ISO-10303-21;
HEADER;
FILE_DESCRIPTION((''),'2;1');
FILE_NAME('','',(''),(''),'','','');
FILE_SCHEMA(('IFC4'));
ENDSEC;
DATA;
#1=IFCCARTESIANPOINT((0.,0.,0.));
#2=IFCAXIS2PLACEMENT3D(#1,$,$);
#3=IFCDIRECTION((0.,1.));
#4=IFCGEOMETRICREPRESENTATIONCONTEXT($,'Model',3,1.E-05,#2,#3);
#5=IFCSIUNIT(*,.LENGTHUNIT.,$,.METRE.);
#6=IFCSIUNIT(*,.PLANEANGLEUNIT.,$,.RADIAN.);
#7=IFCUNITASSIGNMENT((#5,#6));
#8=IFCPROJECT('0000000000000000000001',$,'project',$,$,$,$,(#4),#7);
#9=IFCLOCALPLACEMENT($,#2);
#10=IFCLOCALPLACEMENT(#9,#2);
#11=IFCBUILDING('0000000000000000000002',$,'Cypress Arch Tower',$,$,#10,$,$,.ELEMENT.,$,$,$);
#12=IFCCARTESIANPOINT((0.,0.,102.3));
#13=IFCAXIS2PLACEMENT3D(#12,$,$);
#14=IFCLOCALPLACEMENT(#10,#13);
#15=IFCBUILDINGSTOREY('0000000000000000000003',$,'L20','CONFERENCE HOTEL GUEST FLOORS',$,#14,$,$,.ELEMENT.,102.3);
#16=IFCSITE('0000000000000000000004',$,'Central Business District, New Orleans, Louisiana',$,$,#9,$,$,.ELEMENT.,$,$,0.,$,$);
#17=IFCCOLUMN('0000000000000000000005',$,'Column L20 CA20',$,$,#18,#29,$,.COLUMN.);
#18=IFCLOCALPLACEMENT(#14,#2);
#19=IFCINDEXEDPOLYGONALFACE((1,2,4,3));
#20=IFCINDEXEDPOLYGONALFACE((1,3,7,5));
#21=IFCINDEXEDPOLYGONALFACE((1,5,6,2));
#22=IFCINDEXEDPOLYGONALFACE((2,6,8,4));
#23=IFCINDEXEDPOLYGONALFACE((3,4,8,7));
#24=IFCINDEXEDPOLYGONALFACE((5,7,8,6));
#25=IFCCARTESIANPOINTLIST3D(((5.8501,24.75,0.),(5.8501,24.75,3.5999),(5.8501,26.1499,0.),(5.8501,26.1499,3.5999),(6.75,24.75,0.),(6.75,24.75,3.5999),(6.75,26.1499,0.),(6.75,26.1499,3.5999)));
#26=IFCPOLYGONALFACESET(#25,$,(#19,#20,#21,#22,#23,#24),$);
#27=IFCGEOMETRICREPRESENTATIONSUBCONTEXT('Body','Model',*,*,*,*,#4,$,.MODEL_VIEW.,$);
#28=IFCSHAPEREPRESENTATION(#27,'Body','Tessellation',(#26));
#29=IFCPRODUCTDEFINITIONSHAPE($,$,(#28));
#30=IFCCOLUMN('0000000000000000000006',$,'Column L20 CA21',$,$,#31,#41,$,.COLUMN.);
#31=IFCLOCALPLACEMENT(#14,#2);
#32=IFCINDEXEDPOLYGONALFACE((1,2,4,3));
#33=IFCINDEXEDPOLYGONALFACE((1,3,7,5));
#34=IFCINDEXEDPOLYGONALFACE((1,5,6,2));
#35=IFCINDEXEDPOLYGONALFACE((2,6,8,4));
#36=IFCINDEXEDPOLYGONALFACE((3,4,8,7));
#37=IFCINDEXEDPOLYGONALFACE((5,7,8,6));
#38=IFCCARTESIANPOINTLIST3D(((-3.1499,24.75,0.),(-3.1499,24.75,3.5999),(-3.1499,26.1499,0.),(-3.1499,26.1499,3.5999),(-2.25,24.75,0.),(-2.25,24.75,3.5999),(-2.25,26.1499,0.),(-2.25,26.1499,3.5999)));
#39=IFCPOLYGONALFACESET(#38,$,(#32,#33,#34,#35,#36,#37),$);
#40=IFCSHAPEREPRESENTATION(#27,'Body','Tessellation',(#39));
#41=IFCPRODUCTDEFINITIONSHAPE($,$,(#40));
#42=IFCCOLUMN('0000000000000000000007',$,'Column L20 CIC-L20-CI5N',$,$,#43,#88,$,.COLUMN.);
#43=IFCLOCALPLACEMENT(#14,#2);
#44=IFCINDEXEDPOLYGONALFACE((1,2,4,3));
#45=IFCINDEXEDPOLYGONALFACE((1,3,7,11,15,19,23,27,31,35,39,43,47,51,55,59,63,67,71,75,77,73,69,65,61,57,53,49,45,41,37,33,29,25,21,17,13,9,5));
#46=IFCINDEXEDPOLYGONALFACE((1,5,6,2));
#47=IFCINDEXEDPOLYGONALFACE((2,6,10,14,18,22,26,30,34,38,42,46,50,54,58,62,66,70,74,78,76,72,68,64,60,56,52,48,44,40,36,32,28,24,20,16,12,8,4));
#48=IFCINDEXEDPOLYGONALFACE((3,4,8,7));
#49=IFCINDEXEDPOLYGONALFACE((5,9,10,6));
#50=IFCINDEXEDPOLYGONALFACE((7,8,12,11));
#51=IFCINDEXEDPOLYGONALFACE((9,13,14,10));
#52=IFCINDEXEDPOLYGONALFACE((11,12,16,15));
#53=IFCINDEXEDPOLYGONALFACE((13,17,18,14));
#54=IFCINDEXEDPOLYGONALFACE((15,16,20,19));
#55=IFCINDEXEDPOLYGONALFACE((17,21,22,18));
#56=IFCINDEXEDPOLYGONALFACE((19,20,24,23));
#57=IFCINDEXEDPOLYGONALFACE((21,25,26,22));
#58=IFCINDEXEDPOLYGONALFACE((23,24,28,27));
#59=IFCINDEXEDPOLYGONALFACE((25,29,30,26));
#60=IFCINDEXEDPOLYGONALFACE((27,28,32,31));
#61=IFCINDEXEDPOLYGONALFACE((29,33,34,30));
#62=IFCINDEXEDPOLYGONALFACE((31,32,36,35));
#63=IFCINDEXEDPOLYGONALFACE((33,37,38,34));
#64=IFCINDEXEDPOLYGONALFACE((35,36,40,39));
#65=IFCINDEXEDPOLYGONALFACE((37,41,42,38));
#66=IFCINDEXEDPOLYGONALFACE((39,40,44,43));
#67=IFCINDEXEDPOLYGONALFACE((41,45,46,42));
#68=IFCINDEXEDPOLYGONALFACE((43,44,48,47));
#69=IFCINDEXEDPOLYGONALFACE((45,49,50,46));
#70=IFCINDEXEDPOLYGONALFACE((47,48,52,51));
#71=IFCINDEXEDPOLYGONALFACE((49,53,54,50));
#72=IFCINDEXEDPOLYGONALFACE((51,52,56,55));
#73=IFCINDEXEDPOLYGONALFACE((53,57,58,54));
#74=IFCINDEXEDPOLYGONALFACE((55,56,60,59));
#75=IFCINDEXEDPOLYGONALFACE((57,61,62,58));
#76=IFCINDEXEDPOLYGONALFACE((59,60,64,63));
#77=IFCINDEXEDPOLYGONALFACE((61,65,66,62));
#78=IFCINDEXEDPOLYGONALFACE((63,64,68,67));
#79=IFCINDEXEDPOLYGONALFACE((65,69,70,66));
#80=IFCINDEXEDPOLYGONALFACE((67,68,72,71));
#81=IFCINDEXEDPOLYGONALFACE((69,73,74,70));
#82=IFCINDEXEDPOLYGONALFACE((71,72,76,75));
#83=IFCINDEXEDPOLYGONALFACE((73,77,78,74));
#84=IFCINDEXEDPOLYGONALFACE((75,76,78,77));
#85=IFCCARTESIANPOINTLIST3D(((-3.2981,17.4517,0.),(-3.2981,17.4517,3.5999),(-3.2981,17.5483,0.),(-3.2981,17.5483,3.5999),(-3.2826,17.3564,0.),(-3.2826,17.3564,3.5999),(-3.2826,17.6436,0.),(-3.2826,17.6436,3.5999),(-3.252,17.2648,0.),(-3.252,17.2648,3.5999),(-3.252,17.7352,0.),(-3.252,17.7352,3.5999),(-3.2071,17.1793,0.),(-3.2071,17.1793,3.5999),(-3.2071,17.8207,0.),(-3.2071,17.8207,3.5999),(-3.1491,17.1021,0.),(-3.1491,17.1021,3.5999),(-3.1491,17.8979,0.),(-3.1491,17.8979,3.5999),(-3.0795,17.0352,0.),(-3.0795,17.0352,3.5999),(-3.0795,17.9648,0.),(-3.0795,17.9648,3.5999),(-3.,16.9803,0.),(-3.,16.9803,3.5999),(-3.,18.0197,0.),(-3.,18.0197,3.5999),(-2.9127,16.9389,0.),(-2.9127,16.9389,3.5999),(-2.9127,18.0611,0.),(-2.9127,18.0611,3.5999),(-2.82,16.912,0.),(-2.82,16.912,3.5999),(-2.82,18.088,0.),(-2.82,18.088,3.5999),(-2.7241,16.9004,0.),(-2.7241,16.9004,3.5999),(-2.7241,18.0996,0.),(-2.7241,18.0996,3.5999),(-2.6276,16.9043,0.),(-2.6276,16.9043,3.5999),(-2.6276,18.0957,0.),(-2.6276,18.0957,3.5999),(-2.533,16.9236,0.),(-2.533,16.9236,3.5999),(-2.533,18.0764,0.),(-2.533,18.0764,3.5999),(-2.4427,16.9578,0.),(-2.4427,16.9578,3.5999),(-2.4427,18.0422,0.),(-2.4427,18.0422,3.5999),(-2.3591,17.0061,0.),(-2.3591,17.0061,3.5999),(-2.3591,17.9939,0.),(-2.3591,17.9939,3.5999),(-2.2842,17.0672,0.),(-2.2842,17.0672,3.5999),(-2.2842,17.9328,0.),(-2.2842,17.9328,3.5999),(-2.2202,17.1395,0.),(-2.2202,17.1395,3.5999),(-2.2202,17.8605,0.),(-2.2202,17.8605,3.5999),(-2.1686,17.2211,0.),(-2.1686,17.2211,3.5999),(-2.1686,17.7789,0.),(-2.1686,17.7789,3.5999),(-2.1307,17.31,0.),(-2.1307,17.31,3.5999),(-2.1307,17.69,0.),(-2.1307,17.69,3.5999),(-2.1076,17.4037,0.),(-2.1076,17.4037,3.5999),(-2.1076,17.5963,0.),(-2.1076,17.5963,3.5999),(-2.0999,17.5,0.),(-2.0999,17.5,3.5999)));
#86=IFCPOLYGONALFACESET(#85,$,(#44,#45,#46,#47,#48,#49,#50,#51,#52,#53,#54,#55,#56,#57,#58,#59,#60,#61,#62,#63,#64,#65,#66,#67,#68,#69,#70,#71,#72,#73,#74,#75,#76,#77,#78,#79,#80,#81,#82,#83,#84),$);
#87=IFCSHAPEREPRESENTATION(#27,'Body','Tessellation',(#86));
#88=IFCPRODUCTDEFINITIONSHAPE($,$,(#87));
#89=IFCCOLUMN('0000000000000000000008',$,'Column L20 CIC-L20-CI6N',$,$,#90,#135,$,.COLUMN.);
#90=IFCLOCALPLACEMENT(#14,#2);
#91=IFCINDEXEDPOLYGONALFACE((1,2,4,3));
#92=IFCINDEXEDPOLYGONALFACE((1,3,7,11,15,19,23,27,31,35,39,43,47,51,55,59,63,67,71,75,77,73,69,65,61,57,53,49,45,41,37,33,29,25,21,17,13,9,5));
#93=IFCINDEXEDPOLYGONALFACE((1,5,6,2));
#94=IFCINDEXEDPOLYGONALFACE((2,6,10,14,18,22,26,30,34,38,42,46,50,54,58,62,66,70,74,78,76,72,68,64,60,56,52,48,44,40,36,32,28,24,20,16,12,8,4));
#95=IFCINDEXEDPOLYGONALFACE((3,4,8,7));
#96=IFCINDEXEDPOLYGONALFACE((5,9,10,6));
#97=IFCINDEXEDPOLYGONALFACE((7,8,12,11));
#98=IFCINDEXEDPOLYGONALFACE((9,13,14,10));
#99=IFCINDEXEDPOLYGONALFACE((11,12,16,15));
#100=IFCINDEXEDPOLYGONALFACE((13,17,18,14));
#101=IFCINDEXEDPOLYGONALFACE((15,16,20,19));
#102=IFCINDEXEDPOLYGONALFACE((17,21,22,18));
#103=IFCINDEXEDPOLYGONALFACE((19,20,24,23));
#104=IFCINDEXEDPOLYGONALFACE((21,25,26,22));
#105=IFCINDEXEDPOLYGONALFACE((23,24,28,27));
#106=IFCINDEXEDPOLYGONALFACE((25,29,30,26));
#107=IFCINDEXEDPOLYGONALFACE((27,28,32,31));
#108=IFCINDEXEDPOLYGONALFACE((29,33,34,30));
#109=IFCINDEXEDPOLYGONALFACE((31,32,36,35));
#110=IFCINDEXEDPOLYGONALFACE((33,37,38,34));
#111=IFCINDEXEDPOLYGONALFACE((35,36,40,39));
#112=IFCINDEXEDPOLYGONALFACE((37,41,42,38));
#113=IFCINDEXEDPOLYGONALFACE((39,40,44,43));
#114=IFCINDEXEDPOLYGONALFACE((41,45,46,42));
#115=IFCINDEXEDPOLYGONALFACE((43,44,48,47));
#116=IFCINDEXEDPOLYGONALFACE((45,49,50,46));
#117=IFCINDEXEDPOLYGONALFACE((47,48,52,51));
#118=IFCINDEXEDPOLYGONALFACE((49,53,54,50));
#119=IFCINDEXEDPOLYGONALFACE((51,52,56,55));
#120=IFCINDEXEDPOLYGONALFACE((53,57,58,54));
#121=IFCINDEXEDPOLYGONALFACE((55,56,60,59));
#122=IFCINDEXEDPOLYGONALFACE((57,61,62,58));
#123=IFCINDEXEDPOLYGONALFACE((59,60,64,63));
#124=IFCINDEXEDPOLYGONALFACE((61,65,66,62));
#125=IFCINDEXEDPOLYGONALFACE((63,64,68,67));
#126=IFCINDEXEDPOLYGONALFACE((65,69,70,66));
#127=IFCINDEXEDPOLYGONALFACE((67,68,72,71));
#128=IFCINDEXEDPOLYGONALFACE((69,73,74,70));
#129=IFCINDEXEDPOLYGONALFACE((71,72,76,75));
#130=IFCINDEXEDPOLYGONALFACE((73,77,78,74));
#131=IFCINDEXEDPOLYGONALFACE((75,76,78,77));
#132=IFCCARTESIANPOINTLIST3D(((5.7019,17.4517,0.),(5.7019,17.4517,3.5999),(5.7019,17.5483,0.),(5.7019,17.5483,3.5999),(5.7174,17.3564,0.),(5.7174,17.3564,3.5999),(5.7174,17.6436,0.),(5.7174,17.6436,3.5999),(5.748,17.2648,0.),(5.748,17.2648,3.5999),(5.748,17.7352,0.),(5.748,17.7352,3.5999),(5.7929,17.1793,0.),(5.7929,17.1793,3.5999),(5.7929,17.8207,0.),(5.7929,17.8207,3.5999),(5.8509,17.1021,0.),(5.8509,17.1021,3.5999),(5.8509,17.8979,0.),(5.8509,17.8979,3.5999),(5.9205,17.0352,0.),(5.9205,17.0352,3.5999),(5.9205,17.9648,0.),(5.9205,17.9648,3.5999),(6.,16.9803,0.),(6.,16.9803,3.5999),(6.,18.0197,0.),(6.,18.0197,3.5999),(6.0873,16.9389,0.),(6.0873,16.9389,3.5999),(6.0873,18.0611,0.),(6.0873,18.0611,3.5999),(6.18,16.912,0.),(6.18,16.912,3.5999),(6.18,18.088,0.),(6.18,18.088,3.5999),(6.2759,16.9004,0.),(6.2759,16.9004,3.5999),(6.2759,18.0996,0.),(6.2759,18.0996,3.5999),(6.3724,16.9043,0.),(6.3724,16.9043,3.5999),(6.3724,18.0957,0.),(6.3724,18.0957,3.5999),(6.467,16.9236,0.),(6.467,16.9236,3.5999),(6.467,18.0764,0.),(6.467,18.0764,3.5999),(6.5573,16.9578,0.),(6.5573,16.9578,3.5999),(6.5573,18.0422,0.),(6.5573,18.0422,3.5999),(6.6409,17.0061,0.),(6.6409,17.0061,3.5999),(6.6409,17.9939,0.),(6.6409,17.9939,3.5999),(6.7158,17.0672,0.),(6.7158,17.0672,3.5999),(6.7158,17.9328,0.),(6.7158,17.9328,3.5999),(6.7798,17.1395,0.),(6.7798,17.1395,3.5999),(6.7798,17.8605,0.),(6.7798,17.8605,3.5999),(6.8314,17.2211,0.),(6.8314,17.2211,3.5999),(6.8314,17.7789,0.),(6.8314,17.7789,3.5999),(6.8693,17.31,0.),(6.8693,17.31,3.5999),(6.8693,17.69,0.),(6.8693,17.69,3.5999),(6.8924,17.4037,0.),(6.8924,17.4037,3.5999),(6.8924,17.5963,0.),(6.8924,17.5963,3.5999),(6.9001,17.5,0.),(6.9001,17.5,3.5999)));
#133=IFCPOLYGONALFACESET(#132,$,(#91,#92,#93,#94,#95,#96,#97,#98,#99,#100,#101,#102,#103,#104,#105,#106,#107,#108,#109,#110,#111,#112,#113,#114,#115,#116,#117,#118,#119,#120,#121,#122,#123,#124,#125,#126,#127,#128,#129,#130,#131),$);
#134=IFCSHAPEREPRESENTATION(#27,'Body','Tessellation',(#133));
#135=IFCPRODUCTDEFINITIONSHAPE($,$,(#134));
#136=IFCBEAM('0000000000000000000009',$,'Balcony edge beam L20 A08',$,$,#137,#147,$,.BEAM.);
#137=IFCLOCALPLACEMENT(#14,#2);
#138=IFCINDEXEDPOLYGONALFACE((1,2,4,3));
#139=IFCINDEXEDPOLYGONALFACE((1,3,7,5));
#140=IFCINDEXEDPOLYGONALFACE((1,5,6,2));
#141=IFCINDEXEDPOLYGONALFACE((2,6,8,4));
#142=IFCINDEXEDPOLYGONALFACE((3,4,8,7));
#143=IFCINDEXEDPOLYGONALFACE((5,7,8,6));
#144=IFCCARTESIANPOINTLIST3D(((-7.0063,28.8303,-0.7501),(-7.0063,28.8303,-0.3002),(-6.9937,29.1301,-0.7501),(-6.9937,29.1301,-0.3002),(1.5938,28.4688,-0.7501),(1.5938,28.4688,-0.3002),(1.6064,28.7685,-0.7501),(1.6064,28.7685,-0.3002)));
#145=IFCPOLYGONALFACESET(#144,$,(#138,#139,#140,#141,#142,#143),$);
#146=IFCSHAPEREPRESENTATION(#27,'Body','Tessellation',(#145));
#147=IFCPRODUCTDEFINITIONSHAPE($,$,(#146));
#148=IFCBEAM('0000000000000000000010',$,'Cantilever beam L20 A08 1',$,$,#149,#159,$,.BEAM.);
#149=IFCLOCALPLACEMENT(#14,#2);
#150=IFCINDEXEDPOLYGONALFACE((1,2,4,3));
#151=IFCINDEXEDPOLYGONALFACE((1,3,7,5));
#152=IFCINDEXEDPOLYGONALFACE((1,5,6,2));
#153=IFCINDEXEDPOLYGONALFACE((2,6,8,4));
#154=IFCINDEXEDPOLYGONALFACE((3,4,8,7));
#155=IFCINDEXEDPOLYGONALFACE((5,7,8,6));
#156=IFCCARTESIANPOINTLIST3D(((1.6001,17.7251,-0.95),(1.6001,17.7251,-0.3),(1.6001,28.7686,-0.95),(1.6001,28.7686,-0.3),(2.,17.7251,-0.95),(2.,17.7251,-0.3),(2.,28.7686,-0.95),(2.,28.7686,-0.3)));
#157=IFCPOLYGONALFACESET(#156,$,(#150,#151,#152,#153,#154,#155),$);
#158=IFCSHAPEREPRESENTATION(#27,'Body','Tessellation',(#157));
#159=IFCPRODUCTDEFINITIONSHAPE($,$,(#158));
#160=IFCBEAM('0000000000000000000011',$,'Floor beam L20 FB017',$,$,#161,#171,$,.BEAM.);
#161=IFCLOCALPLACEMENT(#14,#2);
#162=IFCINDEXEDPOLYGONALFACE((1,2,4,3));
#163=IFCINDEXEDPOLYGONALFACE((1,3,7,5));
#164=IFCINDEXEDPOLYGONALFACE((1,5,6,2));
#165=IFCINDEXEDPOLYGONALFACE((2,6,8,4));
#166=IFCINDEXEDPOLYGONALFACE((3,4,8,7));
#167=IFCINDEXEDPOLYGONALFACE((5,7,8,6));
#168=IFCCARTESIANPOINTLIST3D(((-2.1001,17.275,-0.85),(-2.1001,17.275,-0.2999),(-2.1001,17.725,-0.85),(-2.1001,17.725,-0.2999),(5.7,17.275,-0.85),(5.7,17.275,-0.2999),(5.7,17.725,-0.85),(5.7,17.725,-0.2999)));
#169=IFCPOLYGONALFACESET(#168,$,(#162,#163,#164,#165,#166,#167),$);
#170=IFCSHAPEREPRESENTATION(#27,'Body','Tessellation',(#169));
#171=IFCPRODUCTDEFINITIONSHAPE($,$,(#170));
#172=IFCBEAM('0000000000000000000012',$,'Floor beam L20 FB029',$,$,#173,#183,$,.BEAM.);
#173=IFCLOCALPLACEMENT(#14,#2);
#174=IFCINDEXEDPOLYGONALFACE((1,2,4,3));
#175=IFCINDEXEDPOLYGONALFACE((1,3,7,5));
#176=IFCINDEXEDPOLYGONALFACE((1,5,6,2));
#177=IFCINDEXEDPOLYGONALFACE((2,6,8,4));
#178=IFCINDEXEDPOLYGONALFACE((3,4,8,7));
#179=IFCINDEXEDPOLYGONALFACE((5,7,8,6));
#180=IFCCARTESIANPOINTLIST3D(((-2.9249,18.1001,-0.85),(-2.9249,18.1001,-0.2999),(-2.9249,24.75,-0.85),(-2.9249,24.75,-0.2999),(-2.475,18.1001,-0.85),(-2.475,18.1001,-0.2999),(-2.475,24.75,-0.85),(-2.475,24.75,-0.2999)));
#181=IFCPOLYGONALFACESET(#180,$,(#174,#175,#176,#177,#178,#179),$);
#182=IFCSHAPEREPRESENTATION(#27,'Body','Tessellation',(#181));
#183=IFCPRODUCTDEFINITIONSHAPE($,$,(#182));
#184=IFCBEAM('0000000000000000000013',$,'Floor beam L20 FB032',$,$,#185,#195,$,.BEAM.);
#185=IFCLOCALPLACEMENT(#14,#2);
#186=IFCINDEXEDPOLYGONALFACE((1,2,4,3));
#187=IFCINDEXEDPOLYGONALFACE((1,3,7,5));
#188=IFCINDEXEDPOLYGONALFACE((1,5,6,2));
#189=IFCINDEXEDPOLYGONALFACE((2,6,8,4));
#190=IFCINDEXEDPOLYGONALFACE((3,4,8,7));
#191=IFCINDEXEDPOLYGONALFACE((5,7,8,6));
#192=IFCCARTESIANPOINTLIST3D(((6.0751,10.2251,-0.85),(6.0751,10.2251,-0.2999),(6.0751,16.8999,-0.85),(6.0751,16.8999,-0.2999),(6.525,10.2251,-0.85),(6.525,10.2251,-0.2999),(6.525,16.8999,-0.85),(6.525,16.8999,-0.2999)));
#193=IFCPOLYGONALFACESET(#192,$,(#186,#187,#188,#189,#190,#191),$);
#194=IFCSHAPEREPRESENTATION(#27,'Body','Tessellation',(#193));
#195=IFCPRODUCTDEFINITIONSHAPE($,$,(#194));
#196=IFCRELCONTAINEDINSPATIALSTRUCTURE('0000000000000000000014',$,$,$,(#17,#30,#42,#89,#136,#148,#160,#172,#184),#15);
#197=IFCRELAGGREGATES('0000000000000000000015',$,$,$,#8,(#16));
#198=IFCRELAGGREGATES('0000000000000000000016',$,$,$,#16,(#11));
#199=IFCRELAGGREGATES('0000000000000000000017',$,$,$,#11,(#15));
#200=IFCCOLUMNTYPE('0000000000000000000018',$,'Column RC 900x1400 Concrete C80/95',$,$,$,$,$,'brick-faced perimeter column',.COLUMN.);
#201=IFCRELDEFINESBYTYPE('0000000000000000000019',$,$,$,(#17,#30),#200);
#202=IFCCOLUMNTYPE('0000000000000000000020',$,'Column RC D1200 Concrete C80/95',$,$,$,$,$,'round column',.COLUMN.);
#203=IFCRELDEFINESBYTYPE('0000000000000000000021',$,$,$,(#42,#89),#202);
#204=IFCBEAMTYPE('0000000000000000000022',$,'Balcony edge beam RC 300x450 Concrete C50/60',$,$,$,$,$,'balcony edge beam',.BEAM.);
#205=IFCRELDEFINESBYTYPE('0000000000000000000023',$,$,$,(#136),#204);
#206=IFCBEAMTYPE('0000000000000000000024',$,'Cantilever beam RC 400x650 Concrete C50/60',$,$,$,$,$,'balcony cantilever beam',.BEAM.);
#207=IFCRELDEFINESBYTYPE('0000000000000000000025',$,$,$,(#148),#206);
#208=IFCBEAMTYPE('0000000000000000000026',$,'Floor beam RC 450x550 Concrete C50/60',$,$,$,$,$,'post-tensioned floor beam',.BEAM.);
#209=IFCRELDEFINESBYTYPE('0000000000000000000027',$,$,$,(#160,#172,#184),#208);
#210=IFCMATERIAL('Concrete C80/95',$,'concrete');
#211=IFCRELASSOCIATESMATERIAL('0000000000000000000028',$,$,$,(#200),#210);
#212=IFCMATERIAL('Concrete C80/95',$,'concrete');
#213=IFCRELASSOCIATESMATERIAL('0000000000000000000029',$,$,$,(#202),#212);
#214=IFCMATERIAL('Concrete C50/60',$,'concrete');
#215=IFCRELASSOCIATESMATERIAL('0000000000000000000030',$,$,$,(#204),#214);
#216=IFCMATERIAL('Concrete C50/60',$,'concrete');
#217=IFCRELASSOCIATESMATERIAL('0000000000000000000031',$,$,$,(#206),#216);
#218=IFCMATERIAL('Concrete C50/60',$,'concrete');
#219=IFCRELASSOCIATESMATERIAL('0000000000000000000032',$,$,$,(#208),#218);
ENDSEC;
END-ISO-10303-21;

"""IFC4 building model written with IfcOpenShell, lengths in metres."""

from ifc_helpers import new_model, si_unit, direction, frame, origin, origin_2d, place, context, subcontext, project, spatial, rectangle, circle, extrude, material, material_profile, profile_set, type_object, element, save


model = new_model("IFC4")

# Units and contexts
model_context = context("Model", 3, precision=1e-05, world=origin(), true_north=direction((0.0, 1.0)))
body_context = subcontext(model_context, "Body", "Model", "MODEL_VIEW")
ifc_project = project(units=[si_unit("LENGTHUNIT", "METRE"), si_unit("PLANEANGLEUNIT", "RADIAN")], contexts=[model_context])

# Site, building, storey
site_placement = place(None, origin())
site = spatial("IfcSite", under=ifc_project, at=site_placement, Name="Central Business District, New Orleans, Louisiana", CompositionType="ELEMENT", RefElevation=0.0)
building_placement = place(site_placement, origin())
building = spatial("IfcBuilding", under=site, at=building_placement, Name="Cypress Arch Tower", CompositionType="ELEMENT")
storey_placement = place(building_placement, frame((0.0, 0.0, 102.3)))
storey = spatial("IfcBuildingStorey", under=building, at=storey_placement, Name="L20", Description="CONFERENCE HOTEL GUEST FLOORS", CompositionType="ELEMENT", Elevation=102.3)

# Columns
ifc_material_1 = material(Name="Concrete C80/95", Category="concrete")
ifc_material_profile_1 = material_profile(ifc_material_1, rectangle(XDim=0.8999, YDim=1.3999, at=origin_2d()), Name="RC 900x1400")
ifc_profile_set_1 = profile_set([ifc_material_profile_1], Name="Concrete C80/95")
column_type_1 = type_object("IfcColumnType", Name="Column RC 900x1400 Concrete C80/95", ElementType="brick-faced perimeter column", PredefinedType="COLUMN", material=ifc_profile_set_1)
for number, where, z_axis, x_axis, name in (
    (1, (6.3, 25.45, 0.0), (0.0, 0.0, 1.0), (-1.0, 0.0, 0.0), "Column L20 CA20"),
    (2, (-2.7, 25.45, 0.0), (0.0, 0.0, 1.0), (-1.0, 0.0, 0.0), "Column L20 CA21"),
):
    element("IfcColumn", number, at=place(storey_placement, frame(where, z_axis=z_axis, x_axis=x_axis)), inside=storey, type_object=column_type_1, Name=name, PredefinedType="COLUMN", context=body_context, shape_type="SweptSolid", body=[
        extrude(rectangle(XDim=0.8999, YDim=1.3999, at=origin_2d()), origin(), (0.0, 0.0, 1.0), 3.5999),
    ])
ifc_material_2 = material(Name="Concrete C80/95", Category="concrete")
ifc_material_profile_2 = material_profile(ifc_material_2, circle(Radius=0.6001, at=origin_2d()), Name="RC D1200")
ifc_profile_set_2 = profile_set([ifc_material_profile_2], Name="Concrete C80/95")
column_type_2 = type_object("IfcColumnType", Name="Column RC D1200 Concrete C80/95", ElementType="round column", PredefinedType="COLUMN", material=ifc_profile_set_2)
for number, where, z_axis, x_axis, name in (
    (3, (-2.7, 17.5, 0.0), (0.0, 0.0, 1.0), (1.0, 0.0, 0.0), "Column L20 CIC-L20-CI5N"),
    (4, (6.3, 17.5, 0.0), (0.0, 0.0, 1.0), (1.0, 0.0, 0.0), "Column L20 CIC-L20-CI6N"),
):
    element("IfcColumn", number, at=place(storey_placement, frame(where, z_axis=z_axis, x_axis=x_axis)), inside=storey, type_object=column_type_2, Name=name, PredefinedType="COLUMN", context=body_context, shape_type="SweptSolid", body=[
        extrude(circle(Radius=0.6001, at=origin_2d()), origin(), (0.0, 0.0, 1.0), 3.5999),
    ])

# Beams
ifc_material_3 = material(Name="Concrete C50/60", Category="concrete")
ifc_material_profile_3 = material_profile(ifc_material_3, rectangle(XDim=0.3, YDim=0.45, at=origin_2d()), Name="RC 300x450")
ifc_profile_set_3 = profile_set([ifc_material_profile_3], Name="Concrete C50/60")
beam_type_1 = type_object("IfcBeamType", Name="Balcony edge beam RC 300x450 Concrete C50/60", ElementType="balcony edge beam", PredefinedType="BEAM", material=ifc_profile_set_3)
beam_1_placement = place(storey_placement, frame((1.6001, 28.6187, -0.5251), z_axis=(-0.999117, 0.042006, 0.0), x_axis=(-0.042006, -0.999117, 0.0)))
element("IfcBeam", 5, at=beam_1_placement, inside=storey, type_object=beam_type_1, Name="Balcony edge beam L20 A08", PredefinedType="BEAM", context=body_context, shape_type="SweptSolid", body=[
    extrude(rectangle(XDim=0.3, YDim=0.45, at=origin_2d()), origin(), (0.0, 0.0, 1.0), 8.6077),
])
ifc_material_4 = material(Name="Concrete C50/60", Category="concrete")
ifc_material_profile_4 = material_profile(ifc_material_4, rectangle(XDim=0.3999, YDim=0.6499, at=origin_2d()), Name="RC 400x650")
ifc_profile_set_4 = profile_set([ifc_material_profile_4], Name="Concrete C50/60")
beam_type_2 = type_object("IfcBeamType", Name="Cantilever beam RC 400x650 Concrete C50/60", ElementType="balcony cantilever beam", PredefinedType="BEAM", material=ifc_profile_set_4)
beam_2_placement = place(storey_placement, frame((1.8, 17.7251, -0.625), z_axis=(0.0, 1.0, 0.0), x_axis=(-1.0, 0.0, 0.0)))
element("IfcBeam", 6, at=beam_2_placement, inside=storey, type_object=beam_type_2, Name="Cantilever beam L20 A08 1", PredefinedType="BEAM", context=body_context, shape_type="SweptSolid", body=[
    extrude(rectangle(XDim=0.3999, YDim=0.6499, at=origin_2d()), origin(), (0.0, 0.0, 1.0), 11.0435),
])
ifc_material_5 = material(Name="Concrete C50/60", Category="concrete")
ifc_material_profile_5 = material_profile(ifc_material_5, rectangle(XDim=0.45, YDim=0.55, at=origin_2d()), Name="RC 450x550")
ifc_profile_set_5 = profile_set([ifc_material_profile_5], Name="Concrete C50/60")
beam_type_3 = type_object("IfcBeamType", Name="Floor beam RC 450x550 Concrete C50/60", ElementType="post-tensioned floor beam", PredefinedType="BEAM", material=ifc_profile_set_5)
beam_3_placement = place(storey_placement, frame((-2.1001, 17.5, -0.575), z_axis=(1.0, 0.0, 0.0), x_axis=(0.0, 1.0, 0.0)))
element("IfcBeam", 7, at=beam_3_placement, inside=storey, type_object=beam_type_3, Name="Floor beam L20 FB017", PredefinedType="BEAM", context=body_context, shape_type="SweptSolid", body=[
    extrude(rectangle(XDim=0.45, YDim=0.55, at=origin_2d()), origin(), (0.0, 0.0, 1.0), 7.8),
])
beam_4_placement = place(storey_placement, frame((-2.7, 18.1001, -0.575), z_axis=(0.0, 1.0, 0.0), x_axis=(-1.0, 0.0, 0.0)))
element("IfcBeam", 8, at=beam_4_placement, inside=storey, type_object=beam_type_3, Name="Floor beam L20 FB029", PredefinedType="BEAM", context=body_context, shape_type="SweptSolid", body=[
    extrude(rectangle(XDim=0.45, YDim=0.55, at=origin_2d()), origin(), (0.0, 0.0, 1.0), 6.6499),
])
beam_5_placement = place(storey_placement, frame((6.3, 10.2251, -0.575), z_axis=(0.0, 1.0, 0.0), x_axis=(-1.0, 0.0, 0.0)))
element("IfcBeam", 9, at=beam_5_placement, inside=storey, type_object=beam_type_3, Name="Floor beam L20 FB032", PredefinedType="BEAM", context=body_context, shape_type="SweptSolid", body=[
    extrude(rectangle(XDim=0.45, YDim=0.55, at=origin_2d()), origin(), (0.0, 0.0, 1.0), 6.6748),
])

save(model, "model.ifc")
